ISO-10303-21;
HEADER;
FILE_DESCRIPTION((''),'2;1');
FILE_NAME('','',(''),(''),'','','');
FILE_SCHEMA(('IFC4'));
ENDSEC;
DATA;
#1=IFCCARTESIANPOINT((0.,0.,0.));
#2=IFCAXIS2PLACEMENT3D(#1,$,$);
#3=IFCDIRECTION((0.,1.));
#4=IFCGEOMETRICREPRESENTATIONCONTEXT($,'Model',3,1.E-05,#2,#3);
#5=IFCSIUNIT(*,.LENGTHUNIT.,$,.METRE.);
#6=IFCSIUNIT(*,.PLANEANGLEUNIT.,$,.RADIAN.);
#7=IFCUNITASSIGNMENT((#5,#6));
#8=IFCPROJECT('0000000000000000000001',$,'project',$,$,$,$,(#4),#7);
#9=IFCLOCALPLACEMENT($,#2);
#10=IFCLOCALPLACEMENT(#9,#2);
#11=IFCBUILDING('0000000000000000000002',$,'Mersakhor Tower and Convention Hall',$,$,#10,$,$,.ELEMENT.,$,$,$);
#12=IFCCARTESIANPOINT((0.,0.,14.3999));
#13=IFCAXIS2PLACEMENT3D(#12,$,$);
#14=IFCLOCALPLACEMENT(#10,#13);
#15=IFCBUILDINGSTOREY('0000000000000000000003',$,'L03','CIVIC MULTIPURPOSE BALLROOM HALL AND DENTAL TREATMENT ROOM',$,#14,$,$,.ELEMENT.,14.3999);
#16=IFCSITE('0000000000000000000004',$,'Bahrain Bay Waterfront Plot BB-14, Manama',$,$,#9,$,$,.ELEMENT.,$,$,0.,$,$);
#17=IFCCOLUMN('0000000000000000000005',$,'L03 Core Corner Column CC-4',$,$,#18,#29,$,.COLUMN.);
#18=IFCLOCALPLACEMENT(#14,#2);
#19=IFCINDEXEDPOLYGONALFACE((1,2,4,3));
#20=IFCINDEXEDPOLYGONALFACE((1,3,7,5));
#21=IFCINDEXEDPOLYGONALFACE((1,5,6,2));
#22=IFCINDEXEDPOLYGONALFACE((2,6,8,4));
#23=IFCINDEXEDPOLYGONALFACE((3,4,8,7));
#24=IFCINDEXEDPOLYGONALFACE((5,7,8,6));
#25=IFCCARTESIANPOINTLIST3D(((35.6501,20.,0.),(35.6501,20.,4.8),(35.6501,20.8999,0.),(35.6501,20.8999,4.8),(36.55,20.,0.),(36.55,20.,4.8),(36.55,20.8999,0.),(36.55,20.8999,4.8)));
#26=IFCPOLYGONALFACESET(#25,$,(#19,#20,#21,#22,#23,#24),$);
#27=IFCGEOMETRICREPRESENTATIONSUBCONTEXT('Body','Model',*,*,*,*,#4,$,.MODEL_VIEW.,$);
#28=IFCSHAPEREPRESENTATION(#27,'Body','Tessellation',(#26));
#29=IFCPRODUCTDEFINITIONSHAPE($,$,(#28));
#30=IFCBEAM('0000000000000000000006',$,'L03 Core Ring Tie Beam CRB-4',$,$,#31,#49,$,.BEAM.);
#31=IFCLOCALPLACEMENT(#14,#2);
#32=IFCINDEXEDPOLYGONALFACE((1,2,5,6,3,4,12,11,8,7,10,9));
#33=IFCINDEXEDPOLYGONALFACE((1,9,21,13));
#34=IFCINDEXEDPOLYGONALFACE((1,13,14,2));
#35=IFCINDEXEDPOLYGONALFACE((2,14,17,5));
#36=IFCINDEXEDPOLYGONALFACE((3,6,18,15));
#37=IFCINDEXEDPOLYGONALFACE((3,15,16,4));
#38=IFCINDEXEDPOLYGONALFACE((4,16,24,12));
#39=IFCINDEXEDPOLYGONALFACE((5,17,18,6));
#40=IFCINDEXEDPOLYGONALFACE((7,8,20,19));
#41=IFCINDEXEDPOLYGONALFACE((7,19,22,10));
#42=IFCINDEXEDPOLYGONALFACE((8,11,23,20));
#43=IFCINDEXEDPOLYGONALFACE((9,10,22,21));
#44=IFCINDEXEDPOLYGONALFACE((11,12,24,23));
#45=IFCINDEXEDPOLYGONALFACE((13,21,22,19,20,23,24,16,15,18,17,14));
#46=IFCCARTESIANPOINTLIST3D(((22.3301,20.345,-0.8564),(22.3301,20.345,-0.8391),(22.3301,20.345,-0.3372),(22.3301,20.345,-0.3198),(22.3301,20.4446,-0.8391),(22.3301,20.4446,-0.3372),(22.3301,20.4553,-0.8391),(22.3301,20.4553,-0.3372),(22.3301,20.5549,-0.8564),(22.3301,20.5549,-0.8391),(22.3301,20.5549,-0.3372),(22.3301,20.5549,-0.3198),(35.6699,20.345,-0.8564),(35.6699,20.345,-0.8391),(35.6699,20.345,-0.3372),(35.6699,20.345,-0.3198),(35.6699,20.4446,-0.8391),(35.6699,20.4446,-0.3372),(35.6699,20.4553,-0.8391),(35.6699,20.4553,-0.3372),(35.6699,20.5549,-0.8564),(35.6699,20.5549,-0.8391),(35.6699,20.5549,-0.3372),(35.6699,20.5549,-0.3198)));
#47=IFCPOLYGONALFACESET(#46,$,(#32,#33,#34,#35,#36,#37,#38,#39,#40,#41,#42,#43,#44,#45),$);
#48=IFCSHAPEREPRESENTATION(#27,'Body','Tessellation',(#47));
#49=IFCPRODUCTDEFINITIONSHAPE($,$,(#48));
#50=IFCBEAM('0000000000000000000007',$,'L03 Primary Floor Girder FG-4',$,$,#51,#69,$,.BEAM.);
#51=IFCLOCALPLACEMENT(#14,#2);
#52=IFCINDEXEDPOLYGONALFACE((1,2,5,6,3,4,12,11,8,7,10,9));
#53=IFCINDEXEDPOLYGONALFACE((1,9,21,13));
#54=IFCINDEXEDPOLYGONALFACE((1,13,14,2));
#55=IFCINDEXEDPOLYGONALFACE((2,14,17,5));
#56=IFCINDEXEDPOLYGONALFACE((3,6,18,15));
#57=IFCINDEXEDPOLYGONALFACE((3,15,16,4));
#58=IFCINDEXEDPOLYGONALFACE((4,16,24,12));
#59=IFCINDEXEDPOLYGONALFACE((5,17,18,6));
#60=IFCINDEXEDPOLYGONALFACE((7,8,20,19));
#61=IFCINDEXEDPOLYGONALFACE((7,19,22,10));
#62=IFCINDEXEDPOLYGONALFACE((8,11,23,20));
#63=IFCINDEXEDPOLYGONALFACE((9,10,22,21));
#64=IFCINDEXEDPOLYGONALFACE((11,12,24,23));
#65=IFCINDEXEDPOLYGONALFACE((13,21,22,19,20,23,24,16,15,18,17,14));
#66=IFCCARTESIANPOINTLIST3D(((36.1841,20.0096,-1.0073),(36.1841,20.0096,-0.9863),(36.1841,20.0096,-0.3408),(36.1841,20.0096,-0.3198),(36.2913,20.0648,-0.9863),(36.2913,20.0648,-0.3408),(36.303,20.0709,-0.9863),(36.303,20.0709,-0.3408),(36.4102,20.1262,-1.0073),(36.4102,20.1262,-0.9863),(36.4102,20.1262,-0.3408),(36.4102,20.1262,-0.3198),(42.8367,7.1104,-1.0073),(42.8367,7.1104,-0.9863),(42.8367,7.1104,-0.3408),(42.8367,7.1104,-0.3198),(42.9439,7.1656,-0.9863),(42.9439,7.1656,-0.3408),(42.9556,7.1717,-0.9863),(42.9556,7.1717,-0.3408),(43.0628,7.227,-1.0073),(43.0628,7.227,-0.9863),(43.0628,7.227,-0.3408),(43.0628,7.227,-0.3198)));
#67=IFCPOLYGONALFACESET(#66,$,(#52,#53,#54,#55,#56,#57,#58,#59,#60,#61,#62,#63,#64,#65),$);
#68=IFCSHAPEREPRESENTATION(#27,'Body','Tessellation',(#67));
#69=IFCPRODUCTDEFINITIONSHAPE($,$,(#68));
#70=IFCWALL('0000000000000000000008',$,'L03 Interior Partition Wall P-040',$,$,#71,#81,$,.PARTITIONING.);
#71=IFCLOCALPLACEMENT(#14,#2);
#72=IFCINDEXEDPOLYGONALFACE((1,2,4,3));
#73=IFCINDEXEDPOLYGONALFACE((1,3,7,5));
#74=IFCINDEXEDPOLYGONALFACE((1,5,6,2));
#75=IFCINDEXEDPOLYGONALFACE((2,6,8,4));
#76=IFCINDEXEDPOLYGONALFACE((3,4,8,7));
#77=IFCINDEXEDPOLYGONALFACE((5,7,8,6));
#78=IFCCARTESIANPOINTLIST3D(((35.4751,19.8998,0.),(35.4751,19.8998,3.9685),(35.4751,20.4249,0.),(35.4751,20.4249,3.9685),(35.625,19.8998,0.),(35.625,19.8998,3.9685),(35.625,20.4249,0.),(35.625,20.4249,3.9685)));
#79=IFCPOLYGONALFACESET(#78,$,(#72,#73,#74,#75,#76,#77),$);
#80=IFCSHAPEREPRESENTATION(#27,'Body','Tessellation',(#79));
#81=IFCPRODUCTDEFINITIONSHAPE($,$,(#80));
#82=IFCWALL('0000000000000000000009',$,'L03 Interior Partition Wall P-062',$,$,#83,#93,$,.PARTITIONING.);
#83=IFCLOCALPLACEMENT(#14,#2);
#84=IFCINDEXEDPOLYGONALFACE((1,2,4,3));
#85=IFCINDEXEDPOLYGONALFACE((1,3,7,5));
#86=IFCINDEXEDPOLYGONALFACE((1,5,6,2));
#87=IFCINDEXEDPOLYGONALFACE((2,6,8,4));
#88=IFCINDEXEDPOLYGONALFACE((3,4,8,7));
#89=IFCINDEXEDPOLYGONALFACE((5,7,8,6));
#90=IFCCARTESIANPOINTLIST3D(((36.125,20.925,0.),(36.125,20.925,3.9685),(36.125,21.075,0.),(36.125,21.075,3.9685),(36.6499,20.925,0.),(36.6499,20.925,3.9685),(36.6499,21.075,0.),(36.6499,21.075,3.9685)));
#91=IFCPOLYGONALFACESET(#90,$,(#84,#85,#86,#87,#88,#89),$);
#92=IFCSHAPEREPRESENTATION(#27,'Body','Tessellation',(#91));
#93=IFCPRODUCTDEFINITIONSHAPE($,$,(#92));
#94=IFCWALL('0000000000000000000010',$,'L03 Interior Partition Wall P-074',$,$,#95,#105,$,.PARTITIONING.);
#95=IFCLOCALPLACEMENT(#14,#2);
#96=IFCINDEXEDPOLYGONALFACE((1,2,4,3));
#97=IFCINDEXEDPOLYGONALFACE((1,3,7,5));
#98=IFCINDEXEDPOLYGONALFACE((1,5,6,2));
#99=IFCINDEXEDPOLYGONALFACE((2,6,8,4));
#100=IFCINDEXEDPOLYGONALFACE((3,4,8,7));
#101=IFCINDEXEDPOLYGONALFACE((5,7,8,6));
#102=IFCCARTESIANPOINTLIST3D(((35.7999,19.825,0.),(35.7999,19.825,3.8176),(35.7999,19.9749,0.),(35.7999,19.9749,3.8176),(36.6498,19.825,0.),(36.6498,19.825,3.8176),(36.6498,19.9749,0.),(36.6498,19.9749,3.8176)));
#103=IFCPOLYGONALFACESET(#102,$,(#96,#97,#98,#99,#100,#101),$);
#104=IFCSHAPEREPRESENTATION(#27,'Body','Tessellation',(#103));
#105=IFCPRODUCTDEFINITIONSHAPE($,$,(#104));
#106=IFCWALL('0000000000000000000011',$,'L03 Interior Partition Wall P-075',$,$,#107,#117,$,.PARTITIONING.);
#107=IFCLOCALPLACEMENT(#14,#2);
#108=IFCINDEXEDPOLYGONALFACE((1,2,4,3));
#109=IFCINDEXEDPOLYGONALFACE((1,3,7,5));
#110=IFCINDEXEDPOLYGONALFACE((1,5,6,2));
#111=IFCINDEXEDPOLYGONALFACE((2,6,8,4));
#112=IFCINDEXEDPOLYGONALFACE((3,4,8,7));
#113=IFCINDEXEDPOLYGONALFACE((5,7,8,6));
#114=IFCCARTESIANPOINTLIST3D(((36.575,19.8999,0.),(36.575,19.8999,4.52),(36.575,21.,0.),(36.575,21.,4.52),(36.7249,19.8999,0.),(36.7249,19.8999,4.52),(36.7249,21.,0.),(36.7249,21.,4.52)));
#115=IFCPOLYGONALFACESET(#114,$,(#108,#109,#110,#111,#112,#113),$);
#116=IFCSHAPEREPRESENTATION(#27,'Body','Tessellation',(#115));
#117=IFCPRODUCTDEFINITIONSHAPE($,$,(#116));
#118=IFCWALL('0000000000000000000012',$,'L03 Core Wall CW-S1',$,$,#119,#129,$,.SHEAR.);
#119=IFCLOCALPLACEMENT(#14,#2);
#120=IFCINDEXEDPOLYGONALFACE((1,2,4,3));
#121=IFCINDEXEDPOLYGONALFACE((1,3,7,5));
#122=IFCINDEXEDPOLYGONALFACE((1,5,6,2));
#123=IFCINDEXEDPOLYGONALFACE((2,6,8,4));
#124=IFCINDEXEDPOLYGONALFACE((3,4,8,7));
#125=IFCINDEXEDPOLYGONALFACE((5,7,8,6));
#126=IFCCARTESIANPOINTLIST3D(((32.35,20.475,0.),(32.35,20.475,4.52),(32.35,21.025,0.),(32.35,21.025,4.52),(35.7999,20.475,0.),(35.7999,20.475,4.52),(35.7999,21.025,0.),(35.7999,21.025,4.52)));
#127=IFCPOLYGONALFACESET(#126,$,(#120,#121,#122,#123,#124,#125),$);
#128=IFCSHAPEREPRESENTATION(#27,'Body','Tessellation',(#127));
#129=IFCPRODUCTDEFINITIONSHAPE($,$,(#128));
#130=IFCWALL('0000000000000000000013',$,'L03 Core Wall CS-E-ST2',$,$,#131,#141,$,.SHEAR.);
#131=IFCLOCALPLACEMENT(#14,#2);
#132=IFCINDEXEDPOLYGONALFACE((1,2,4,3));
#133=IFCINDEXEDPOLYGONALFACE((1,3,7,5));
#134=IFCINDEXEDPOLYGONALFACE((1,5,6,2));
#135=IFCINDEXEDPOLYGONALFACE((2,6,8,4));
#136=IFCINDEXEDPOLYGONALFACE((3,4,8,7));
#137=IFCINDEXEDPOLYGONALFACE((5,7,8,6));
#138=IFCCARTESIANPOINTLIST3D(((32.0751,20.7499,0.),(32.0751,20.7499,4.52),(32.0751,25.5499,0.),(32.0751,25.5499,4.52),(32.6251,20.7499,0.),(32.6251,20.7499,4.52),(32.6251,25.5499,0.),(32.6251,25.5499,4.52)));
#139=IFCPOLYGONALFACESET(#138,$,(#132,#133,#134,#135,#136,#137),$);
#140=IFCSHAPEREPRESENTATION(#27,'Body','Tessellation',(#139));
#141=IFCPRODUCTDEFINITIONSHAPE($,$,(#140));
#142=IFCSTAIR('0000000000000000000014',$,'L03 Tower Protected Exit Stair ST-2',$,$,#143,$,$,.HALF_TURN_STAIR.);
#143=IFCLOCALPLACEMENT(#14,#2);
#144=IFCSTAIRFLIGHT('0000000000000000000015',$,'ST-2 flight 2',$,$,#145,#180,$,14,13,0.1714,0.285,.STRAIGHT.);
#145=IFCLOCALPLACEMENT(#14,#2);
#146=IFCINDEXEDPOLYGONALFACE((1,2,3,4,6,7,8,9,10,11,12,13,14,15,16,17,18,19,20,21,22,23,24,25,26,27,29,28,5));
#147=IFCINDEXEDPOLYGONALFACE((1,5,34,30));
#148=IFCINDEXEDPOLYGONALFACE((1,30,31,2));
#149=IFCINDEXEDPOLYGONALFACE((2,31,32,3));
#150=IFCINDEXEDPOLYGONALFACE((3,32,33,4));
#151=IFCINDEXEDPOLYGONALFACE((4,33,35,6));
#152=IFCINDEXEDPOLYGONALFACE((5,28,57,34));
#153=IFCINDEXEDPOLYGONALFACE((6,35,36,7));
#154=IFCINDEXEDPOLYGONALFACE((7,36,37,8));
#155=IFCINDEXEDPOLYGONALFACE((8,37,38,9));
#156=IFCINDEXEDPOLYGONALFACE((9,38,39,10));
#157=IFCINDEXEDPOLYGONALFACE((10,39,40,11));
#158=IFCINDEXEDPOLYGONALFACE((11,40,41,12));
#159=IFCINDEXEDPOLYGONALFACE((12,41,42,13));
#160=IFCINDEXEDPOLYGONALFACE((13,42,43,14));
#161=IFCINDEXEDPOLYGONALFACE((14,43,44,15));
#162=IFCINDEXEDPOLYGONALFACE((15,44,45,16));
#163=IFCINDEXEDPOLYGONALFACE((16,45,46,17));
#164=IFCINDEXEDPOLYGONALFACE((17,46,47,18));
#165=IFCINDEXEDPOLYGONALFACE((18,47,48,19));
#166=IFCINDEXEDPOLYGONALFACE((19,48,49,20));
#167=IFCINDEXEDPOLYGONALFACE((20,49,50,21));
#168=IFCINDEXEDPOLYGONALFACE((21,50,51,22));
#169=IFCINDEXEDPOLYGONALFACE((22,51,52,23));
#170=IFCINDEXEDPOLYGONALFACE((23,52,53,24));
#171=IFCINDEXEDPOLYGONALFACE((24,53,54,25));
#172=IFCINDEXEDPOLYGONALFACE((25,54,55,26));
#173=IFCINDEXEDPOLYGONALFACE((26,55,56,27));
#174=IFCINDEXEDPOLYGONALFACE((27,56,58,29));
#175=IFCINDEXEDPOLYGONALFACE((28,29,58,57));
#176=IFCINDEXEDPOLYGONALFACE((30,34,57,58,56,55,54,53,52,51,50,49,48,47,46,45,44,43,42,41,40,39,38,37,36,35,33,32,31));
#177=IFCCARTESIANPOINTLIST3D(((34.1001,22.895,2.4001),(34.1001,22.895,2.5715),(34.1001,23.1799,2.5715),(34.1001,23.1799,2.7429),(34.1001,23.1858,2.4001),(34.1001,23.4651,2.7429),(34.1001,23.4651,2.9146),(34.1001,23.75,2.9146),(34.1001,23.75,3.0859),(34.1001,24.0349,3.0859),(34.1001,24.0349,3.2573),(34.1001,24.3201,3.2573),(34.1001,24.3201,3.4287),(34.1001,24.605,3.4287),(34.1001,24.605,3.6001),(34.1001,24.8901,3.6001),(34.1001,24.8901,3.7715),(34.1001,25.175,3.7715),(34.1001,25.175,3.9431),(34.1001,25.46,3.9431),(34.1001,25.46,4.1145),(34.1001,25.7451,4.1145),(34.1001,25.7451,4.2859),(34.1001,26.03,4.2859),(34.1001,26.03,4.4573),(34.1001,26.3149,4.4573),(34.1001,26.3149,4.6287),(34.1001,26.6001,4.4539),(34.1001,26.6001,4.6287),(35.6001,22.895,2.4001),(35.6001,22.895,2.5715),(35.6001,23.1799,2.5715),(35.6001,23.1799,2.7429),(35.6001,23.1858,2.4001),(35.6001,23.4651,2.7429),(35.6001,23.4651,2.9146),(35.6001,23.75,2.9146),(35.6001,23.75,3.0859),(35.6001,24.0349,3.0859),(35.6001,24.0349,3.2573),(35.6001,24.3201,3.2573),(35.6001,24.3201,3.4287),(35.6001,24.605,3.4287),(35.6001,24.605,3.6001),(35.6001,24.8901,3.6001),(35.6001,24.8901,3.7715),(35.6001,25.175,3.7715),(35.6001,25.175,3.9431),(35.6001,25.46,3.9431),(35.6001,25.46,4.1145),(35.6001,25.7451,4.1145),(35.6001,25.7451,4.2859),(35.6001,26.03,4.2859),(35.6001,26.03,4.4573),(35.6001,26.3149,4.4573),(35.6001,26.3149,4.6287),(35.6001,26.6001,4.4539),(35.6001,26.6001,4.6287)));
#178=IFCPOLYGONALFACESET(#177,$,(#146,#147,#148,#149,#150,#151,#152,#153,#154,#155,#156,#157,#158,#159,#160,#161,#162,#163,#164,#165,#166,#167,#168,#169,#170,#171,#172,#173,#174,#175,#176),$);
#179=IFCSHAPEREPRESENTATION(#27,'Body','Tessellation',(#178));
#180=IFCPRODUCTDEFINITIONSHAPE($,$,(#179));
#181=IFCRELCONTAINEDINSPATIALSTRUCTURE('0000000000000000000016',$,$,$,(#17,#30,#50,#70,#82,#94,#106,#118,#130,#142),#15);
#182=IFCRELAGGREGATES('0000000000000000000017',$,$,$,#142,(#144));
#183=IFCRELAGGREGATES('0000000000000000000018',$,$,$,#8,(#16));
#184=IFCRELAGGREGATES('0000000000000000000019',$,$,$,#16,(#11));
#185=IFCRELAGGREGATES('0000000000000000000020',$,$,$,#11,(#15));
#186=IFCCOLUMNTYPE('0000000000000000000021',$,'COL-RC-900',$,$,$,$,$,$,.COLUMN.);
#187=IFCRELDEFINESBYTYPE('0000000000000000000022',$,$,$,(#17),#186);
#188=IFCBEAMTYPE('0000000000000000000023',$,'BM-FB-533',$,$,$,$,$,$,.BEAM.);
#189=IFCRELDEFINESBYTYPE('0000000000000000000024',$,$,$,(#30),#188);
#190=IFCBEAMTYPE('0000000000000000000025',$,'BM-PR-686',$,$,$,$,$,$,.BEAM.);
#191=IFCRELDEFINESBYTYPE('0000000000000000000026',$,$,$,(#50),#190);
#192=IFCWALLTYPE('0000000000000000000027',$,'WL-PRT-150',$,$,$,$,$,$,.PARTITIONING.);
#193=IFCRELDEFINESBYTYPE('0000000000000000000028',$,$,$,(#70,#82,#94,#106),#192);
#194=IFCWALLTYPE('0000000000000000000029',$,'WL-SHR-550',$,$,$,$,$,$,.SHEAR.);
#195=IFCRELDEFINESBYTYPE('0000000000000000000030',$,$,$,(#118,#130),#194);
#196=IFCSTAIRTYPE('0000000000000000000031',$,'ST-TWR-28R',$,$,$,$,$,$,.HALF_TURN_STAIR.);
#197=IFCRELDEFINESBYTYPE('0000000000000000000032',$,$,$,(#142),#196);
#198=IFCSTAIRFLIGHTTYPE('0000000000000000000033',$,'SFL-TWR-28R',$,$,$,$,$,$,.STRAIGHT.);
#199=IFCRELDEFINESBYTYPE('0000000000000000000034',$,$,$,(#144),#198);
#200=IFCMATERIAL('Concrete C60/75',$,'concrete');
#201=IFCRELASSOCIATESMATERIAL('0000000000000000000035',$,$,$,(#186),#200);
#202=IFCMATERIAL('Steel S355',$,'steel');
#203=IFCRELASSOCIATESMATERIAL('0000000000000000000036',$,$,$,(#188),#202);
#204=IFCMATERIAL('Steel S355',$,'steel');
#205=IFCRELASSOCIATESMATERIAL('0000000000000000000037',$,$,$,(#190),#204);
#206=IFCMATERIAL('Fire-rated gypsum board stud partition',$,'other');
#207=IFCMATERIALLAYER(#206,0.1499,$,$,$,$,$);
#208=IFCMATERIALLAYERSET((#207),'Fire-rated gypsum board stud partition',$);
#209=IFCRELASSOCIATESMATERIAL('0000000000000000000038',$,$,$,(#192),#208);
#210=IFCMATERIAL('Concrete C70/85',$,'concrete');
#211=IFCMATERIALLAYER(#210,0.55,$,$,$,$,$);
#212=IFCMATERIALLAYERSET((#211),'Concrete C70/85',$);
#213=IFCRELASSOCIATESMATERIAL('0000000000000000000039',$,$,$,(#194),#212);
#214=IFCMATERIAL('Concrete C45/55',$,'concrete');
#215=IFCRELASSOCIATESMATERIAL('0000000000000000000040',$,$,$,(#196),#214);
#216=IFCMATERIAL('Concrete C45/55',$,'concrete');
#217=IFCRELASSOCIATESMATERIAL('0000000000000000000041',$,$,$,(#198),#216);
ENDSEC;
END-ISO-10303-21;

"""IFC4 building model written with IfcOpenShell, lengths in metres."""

from ifc_helpers import new_model, si_unit, direction, frame, frame_2d, origin, origin_2d, place, context, subcontext, project, spatial, polyline, rectangle, i_section, outline, extrude, material, layer, layer_set, material_profile, profile_set, type_object, element, aggregate, save


model = new_model("IFC4")

# Units and contexts
model_context = context("Model", 3, precision=1e-05, world=origin(), true_north=direction((0.0, 1.0)))
body_context = subcontext(model_context, "Body", "Model", "MODEL_VIEW")
ifc_project = project(units=[si_unit("LENGTHUNIT", "METRE"), si_unit("PLANEANGLEUNIT", "RADIAN")], contexts=[model_context])

# Site, building, storey
site_placement = place(None, origin())
site = spatial("IfcSite", under=ifc_project, at=site_placement, Name="Bahrain Bay Waterfront Plot BB-14, Manama", CompositionType="ELEMENT", RefElevation=0.0)
building_placement = place(site_placement, origin())
building = spatial("IfcBuilding", under=site, at=building_placement, Name="Mersakhor Tower and Convention Hall", CompositionType="ELEMENT")
storey_placement = place(building_placement, frame((0.0, 0.0, 14.3999)))
storey = spatial("IfcBuildingStorey", under=building, at=storey_placement, Name="L03", Description="CIVIC MULTIPURPOSE BALLROOM HALL AND DENTAL TREATMENT ROOM", CompositionType="ELEMENT", Elevation=14.3999)

# Column
ifc_material_1 = material(Name="Concrete C60/75", Category="concrete")
ifc_material_profile_1 = material_profile(ifc_material_1, rectangle(XDim=0.8999, YDim=0.8999, at=origin_2d()), Name="RC 900x900")
ifc_profile_set_1 = profile_set([ifc_material_profile_1], Name="Concrete C60/75")
column_type = type_object("IfcColumnType", Name="COL-RC-900", PredefinedType="COLUMN", material=ifc_profile_set_1)
column_placement = place(storey_placement, frame((36.1001, 20.45, 0.0), z_axis=(0.0, 0.0, 1.0), x_axis=(1.0, 0.0, 0.0)))
element("IfcColumn", 1, at=column_placement, inside=storey, type_object=column_type, Name="L03 Core Corner Column CC-4", PredefinedType="COLUMN", context=body_context, shape_type="SweptSolid", body=[
    extrude(rectangle(XDim=0.8999, YDim=0.8999, at=origin_2d()), origin(), (0.0, 0.0, 1.0), 4.8),
])

# Beams
ifc_material_2 = material(Name="Steel S355", Category="steel")
ifc_material_profile_2 = material_profile(ifc_material_2, i_section(OverallWidth=0.21, OverallDepth=0.5366, WebThickness=0.0107, FlangeThickness=0.0173, at=origin_2d()), Name="UB 533x210x101")
ifc_profile_set_2 = profile_set([ifc_material_profile_2], Name="Steel S355")
beam_type_1 = type_object("IfcBeamType", Name="BM-FB-533", PredefinedType="BEAM", material=ifc_profile_set_2)
beam_1_placement = place(storey_placement, frame((35.6699, 20.45, -0.5881), z_axis=(-1.0, 0.0, 0.0), x_axis=(0.0, -1.0, 0.0)))
element("IfcBeam", 2, at=beam_1_placement, inside=storey, type_object=beam_type_1, Name="L03 Core Ring Tie Beam CRB-4", PredefinedType="BEAM", context=body_context, shape_type="SweptSolid", body=[
    extrude(i_section(OverallWidth=0.21, OverallDepth=0.5366, WebThickness=0.0107, FlangeThickness=0.0173, at=origin_2d()), origin(), (0.0, 0.0, 1.0), 13.3398),
])
ifc_material_3 = material(Name="Steel S355", Category="steel")
ifc_material_profile_3 = material_profile(ifc_material_3, i_section(OverallWidth=0.2544, OverallDepth=0.6875, WebThickness=0.0132, FlangeThickness=0.021, at=origin_2d()), Name="UB 686x254x152")
ifc_profile_set_3 = profile_set([ifc_material_profile_3], Name="Steel S355")
beam_type_2 = type_object("IfcBeamType", Name="BM-PR-686", PredefinedType="BEAM", material=ifc_profile_set_3)
beam_2_placement = place(storey_placement, frame((36.2971, 20.0679, -0.6636), z_axis=(0.458368, -0.888762, 0.0), x_axis=(0.888762, 0.458368, 0.0)))
element("IfcBeam", 3, at=beam_2_placement, inside=storey, type_object=beam_type_2, Name="L03 Primary Floor Girder FG-4", PredefinedType="BEAM", context=body_context, shape_type="SweptSolid", body=[
    extrude(i_section(OverallWidth=0.2544, OverallDepth=0.6875, WebThickness=0.0132, FlangeThickness=0.021, at=origin_2d()), origin(), (0.0, 0.0, 1.0), 14.5137),
])

# Wall
ifc_material_4 = material(Name="Fire-rated gypsum board stud partition", Category="other")
ifc_layer_1 = layer(ifc_material_4, 0.1499)
ifc_layer_set_1 = layer_set([ifc_layer_1], Name="Fire-rated gypsum board stud partition")
wall_type_1 = type_object("IfcWallType", Name="WL-PRT-150", PredefinedType="PARTITIONING", material=ifc_layer_set_1)
wall_1_placement = place(storey_placement, frame((35.55, 20.425, 0.0), z_axis=(0.0, 0.0, 1.0), x_axis=(0.0, -1.0, 0.0)))
element("IfcWall", 4, at=wall_1_placement, inside=storey, type_object=wall_type_1, Name="L03 Interior Partition Wall P-040", PredefinedType="PARTITIONING", context=body_context, shape_type="SweptSolid", body=[
    extrude(rectangle(XDim=0.5251, YDim=0.1499, at=frame_2d((0.2627, 0.0))), origin(), (0.0, 0.0, 1.0), 3.9685),
])

# Walls
wall_2_placement = place(storey_placement, frame((36.6499, 21.0, 0.0), z_axis=(0.0, 0.0, 1.0), x_axis=(-1.0, 0.0, 0.0)))
element("IfcWall", 5, at=wall_2_placement, inside=storey, type_object=wall_type_1, Name="L03 Interior Partition Wall P-062", PredefinedType="PARTITIONING", context=body_context, shape_type="SweptSolid", body=[
    extrude(rectangle(XDim=0.5249, YDim=0.1499, at=frame_2d((0.2625, 0.0))), origin(), (0.0, 0.0, 1.0), 3.9685),
])
wall_3_placement = place(storey_placement, frame((35.8, 19.8999, 0.0), z_axis=(0.0, 0.0, 1.0), x_axis=(1.0, 0.0, 0.0)))
element("IfcWall", 6, at=wall_3_placement, inside=storey, type_object=wall_type_1, Name="L03 Interior Partition Wall P-074", PredefinedType="PARTITIONING", context=body_context, shape_type="SweptSolid", body=[
    extrude(rectangle(XDim=0.8499, YDim=0.1499, at=frame_2d((0.4248, 0.0))), origin(), (0.0, 0.0, 1.0), 3.8176),
])
wall_4_placement = place(storey_placement, frame((36.6499, 19.8999, 0.0), z_axis=(0.0, 0.0, 1.0), x_axis=(0.0, 1.0, 0.0)))
element("IfcWall", 7, at=wall_4_placement, inside=storey, type_object=wall_type_1, Name="L03 Interior Partition Wall P-075", PredefinedType="PARTITIONING", context=body_context, shape_type="SweptSolid", body=[
    extrude(rectangle(XDim=1.1001, YDim=0.1499, at=frame_2d((0.55, 0.0))), origin(), (0.0, 0.0, 1.0), 4.52),
])
ifc_material_5 = material(Name="Concrete C70/85", Category="concrete")
ifc_layer_2 = layer(ifc_material_5, 0.55)
ifc_layer_set_2 = layer_set([ifc_layer_2], Name="Concrete C70/85")
wall_type_2 = type_object("IfcWallType", Name="WL-SHR-550", PredefinedType="SHEAR", material=ifc_layer_set_2)
wall_5_placement = place(storey_placement, frame((35.8, 20.75, 0.0), z_axis=(0.0, 0.0, 1.0), x_axis=(-1.0, 0.0, 0.0)))
element("IfcWall", 8, at=wall_5_placement, inside=storey, type_object=wall_type_2, Name="L03 Core Wall CW-S1", PredefinedType="SHEAR", context=body_context, shape_type="SweptSolid", body=[
    extrude(rectangle(XDim=3.45, YDim=0.55, at=frame_2d((1.7251, 0.0))), origin(), (0.0, 0.0, 1.0), 4.52),
])

# Wall
wall_6_placement = place(storey_placement, frame((32.3501, 20.75, 0.0), z_axis=(0.0, 0.0, 1.0), x_axis=(0.0, 1.0, 0.0)))
element("IfcWall", 9, at=wall_6_placement, inside=storey, type_object=wall_type_2, Name="L03 Core Wall CS-E-ST2", PredefinedType="SHEAR", context=body_context, shape_type="SweptSolid", body=[
    extrude(rectangle(XDim=4.8, YDim=0.55, at=frame_2d((2.3999, 0.0))), origin(), (0.0, 0.0, 1.0), 4.52),
])

# Stair, stair flight
ifc_material_6 = material(Name="Concrete C45/55", Category="concrete")
stair_type = type_object("IfcStairType", Name="ST-TWR-28R", PredefinedType="HALF_TURN_STAIR", material=ifc_material_6)
stair_placement = place(storey_placement, origin())
stair = element("IfcStair", 10, at=stair_placement, inside=storey, type_object=stair_type, Name="L03 Tower Protected Exit Stair ST-2", PredefinedType="HALF_TURN_STAIR")
ifc_material_7 = material(Name="Concrete C45/55", Category="concrete")
stair_flight_type = type_object("IfcStairFlightType", Name="SFL-TWR-28R", PredefinedType="STRAIGHT", material=ifc_material_7)
stair_flight_placement = place(storey_placement, frame((34.8501, 22.895, 2.4001), z_axis=(0.0, 0.0, 1.0), x_axis=(0.0, 1.0, 0.0)))
stair_flight = element("IfcStairFlight", 11, at=stair_flight_placement, type_object=stair_flight_type, Name="ST-2 flight 2", NumberOfRisers=14, NumberOfTreads=13, PredefinedType="STRAIGHT", RiserHeight=0.1714, TreadLength=0.285, context=body_context, shape_type="SweptSolid", body=[
    extrude(outline(polyline([(0.0, 0.0), (0.0, 0.1714), (0.2849, 0.1714), (0.2849, 0.3428), (0.5701, 0.3428), (0.5701, 0.5144), (0.855, 0.5144), (0.855, 0.6858), (1.1399, 0.6858), (1.1399, 0.8572), (1.425, 0.8572), (1.425, 1.0286), (1.71, 1.0286), (1.71, 1.2), (1.9951, 1.2), (1.9951, 1.3713), (2.28, 1.3713), (2.28, 1.543), (2.5649, 1.543), (2.5649, 1.7144), (2.8501, 1.7144), (2.8501, 1.8857), (3.135, 1.8857), (3.135, 2.0571), (3.4199, 2.0571), (3.4199, 2.2285), (3.7051, 2.2285), (3.7051, 2.3999), (3.7051, 2.0537), (0.2908, 0.0), (0.0, 0.0)])), frame((0.0, 0.75, 0.0), z_axis=(0.0, -1.0, 0.0), x_axis=(1.0, 0.0, 0.0)), (0.0, 0.0, 1.0), 1.5),
])
aggregate(stair, [stair_flight])

save(model, "model.ifc")
